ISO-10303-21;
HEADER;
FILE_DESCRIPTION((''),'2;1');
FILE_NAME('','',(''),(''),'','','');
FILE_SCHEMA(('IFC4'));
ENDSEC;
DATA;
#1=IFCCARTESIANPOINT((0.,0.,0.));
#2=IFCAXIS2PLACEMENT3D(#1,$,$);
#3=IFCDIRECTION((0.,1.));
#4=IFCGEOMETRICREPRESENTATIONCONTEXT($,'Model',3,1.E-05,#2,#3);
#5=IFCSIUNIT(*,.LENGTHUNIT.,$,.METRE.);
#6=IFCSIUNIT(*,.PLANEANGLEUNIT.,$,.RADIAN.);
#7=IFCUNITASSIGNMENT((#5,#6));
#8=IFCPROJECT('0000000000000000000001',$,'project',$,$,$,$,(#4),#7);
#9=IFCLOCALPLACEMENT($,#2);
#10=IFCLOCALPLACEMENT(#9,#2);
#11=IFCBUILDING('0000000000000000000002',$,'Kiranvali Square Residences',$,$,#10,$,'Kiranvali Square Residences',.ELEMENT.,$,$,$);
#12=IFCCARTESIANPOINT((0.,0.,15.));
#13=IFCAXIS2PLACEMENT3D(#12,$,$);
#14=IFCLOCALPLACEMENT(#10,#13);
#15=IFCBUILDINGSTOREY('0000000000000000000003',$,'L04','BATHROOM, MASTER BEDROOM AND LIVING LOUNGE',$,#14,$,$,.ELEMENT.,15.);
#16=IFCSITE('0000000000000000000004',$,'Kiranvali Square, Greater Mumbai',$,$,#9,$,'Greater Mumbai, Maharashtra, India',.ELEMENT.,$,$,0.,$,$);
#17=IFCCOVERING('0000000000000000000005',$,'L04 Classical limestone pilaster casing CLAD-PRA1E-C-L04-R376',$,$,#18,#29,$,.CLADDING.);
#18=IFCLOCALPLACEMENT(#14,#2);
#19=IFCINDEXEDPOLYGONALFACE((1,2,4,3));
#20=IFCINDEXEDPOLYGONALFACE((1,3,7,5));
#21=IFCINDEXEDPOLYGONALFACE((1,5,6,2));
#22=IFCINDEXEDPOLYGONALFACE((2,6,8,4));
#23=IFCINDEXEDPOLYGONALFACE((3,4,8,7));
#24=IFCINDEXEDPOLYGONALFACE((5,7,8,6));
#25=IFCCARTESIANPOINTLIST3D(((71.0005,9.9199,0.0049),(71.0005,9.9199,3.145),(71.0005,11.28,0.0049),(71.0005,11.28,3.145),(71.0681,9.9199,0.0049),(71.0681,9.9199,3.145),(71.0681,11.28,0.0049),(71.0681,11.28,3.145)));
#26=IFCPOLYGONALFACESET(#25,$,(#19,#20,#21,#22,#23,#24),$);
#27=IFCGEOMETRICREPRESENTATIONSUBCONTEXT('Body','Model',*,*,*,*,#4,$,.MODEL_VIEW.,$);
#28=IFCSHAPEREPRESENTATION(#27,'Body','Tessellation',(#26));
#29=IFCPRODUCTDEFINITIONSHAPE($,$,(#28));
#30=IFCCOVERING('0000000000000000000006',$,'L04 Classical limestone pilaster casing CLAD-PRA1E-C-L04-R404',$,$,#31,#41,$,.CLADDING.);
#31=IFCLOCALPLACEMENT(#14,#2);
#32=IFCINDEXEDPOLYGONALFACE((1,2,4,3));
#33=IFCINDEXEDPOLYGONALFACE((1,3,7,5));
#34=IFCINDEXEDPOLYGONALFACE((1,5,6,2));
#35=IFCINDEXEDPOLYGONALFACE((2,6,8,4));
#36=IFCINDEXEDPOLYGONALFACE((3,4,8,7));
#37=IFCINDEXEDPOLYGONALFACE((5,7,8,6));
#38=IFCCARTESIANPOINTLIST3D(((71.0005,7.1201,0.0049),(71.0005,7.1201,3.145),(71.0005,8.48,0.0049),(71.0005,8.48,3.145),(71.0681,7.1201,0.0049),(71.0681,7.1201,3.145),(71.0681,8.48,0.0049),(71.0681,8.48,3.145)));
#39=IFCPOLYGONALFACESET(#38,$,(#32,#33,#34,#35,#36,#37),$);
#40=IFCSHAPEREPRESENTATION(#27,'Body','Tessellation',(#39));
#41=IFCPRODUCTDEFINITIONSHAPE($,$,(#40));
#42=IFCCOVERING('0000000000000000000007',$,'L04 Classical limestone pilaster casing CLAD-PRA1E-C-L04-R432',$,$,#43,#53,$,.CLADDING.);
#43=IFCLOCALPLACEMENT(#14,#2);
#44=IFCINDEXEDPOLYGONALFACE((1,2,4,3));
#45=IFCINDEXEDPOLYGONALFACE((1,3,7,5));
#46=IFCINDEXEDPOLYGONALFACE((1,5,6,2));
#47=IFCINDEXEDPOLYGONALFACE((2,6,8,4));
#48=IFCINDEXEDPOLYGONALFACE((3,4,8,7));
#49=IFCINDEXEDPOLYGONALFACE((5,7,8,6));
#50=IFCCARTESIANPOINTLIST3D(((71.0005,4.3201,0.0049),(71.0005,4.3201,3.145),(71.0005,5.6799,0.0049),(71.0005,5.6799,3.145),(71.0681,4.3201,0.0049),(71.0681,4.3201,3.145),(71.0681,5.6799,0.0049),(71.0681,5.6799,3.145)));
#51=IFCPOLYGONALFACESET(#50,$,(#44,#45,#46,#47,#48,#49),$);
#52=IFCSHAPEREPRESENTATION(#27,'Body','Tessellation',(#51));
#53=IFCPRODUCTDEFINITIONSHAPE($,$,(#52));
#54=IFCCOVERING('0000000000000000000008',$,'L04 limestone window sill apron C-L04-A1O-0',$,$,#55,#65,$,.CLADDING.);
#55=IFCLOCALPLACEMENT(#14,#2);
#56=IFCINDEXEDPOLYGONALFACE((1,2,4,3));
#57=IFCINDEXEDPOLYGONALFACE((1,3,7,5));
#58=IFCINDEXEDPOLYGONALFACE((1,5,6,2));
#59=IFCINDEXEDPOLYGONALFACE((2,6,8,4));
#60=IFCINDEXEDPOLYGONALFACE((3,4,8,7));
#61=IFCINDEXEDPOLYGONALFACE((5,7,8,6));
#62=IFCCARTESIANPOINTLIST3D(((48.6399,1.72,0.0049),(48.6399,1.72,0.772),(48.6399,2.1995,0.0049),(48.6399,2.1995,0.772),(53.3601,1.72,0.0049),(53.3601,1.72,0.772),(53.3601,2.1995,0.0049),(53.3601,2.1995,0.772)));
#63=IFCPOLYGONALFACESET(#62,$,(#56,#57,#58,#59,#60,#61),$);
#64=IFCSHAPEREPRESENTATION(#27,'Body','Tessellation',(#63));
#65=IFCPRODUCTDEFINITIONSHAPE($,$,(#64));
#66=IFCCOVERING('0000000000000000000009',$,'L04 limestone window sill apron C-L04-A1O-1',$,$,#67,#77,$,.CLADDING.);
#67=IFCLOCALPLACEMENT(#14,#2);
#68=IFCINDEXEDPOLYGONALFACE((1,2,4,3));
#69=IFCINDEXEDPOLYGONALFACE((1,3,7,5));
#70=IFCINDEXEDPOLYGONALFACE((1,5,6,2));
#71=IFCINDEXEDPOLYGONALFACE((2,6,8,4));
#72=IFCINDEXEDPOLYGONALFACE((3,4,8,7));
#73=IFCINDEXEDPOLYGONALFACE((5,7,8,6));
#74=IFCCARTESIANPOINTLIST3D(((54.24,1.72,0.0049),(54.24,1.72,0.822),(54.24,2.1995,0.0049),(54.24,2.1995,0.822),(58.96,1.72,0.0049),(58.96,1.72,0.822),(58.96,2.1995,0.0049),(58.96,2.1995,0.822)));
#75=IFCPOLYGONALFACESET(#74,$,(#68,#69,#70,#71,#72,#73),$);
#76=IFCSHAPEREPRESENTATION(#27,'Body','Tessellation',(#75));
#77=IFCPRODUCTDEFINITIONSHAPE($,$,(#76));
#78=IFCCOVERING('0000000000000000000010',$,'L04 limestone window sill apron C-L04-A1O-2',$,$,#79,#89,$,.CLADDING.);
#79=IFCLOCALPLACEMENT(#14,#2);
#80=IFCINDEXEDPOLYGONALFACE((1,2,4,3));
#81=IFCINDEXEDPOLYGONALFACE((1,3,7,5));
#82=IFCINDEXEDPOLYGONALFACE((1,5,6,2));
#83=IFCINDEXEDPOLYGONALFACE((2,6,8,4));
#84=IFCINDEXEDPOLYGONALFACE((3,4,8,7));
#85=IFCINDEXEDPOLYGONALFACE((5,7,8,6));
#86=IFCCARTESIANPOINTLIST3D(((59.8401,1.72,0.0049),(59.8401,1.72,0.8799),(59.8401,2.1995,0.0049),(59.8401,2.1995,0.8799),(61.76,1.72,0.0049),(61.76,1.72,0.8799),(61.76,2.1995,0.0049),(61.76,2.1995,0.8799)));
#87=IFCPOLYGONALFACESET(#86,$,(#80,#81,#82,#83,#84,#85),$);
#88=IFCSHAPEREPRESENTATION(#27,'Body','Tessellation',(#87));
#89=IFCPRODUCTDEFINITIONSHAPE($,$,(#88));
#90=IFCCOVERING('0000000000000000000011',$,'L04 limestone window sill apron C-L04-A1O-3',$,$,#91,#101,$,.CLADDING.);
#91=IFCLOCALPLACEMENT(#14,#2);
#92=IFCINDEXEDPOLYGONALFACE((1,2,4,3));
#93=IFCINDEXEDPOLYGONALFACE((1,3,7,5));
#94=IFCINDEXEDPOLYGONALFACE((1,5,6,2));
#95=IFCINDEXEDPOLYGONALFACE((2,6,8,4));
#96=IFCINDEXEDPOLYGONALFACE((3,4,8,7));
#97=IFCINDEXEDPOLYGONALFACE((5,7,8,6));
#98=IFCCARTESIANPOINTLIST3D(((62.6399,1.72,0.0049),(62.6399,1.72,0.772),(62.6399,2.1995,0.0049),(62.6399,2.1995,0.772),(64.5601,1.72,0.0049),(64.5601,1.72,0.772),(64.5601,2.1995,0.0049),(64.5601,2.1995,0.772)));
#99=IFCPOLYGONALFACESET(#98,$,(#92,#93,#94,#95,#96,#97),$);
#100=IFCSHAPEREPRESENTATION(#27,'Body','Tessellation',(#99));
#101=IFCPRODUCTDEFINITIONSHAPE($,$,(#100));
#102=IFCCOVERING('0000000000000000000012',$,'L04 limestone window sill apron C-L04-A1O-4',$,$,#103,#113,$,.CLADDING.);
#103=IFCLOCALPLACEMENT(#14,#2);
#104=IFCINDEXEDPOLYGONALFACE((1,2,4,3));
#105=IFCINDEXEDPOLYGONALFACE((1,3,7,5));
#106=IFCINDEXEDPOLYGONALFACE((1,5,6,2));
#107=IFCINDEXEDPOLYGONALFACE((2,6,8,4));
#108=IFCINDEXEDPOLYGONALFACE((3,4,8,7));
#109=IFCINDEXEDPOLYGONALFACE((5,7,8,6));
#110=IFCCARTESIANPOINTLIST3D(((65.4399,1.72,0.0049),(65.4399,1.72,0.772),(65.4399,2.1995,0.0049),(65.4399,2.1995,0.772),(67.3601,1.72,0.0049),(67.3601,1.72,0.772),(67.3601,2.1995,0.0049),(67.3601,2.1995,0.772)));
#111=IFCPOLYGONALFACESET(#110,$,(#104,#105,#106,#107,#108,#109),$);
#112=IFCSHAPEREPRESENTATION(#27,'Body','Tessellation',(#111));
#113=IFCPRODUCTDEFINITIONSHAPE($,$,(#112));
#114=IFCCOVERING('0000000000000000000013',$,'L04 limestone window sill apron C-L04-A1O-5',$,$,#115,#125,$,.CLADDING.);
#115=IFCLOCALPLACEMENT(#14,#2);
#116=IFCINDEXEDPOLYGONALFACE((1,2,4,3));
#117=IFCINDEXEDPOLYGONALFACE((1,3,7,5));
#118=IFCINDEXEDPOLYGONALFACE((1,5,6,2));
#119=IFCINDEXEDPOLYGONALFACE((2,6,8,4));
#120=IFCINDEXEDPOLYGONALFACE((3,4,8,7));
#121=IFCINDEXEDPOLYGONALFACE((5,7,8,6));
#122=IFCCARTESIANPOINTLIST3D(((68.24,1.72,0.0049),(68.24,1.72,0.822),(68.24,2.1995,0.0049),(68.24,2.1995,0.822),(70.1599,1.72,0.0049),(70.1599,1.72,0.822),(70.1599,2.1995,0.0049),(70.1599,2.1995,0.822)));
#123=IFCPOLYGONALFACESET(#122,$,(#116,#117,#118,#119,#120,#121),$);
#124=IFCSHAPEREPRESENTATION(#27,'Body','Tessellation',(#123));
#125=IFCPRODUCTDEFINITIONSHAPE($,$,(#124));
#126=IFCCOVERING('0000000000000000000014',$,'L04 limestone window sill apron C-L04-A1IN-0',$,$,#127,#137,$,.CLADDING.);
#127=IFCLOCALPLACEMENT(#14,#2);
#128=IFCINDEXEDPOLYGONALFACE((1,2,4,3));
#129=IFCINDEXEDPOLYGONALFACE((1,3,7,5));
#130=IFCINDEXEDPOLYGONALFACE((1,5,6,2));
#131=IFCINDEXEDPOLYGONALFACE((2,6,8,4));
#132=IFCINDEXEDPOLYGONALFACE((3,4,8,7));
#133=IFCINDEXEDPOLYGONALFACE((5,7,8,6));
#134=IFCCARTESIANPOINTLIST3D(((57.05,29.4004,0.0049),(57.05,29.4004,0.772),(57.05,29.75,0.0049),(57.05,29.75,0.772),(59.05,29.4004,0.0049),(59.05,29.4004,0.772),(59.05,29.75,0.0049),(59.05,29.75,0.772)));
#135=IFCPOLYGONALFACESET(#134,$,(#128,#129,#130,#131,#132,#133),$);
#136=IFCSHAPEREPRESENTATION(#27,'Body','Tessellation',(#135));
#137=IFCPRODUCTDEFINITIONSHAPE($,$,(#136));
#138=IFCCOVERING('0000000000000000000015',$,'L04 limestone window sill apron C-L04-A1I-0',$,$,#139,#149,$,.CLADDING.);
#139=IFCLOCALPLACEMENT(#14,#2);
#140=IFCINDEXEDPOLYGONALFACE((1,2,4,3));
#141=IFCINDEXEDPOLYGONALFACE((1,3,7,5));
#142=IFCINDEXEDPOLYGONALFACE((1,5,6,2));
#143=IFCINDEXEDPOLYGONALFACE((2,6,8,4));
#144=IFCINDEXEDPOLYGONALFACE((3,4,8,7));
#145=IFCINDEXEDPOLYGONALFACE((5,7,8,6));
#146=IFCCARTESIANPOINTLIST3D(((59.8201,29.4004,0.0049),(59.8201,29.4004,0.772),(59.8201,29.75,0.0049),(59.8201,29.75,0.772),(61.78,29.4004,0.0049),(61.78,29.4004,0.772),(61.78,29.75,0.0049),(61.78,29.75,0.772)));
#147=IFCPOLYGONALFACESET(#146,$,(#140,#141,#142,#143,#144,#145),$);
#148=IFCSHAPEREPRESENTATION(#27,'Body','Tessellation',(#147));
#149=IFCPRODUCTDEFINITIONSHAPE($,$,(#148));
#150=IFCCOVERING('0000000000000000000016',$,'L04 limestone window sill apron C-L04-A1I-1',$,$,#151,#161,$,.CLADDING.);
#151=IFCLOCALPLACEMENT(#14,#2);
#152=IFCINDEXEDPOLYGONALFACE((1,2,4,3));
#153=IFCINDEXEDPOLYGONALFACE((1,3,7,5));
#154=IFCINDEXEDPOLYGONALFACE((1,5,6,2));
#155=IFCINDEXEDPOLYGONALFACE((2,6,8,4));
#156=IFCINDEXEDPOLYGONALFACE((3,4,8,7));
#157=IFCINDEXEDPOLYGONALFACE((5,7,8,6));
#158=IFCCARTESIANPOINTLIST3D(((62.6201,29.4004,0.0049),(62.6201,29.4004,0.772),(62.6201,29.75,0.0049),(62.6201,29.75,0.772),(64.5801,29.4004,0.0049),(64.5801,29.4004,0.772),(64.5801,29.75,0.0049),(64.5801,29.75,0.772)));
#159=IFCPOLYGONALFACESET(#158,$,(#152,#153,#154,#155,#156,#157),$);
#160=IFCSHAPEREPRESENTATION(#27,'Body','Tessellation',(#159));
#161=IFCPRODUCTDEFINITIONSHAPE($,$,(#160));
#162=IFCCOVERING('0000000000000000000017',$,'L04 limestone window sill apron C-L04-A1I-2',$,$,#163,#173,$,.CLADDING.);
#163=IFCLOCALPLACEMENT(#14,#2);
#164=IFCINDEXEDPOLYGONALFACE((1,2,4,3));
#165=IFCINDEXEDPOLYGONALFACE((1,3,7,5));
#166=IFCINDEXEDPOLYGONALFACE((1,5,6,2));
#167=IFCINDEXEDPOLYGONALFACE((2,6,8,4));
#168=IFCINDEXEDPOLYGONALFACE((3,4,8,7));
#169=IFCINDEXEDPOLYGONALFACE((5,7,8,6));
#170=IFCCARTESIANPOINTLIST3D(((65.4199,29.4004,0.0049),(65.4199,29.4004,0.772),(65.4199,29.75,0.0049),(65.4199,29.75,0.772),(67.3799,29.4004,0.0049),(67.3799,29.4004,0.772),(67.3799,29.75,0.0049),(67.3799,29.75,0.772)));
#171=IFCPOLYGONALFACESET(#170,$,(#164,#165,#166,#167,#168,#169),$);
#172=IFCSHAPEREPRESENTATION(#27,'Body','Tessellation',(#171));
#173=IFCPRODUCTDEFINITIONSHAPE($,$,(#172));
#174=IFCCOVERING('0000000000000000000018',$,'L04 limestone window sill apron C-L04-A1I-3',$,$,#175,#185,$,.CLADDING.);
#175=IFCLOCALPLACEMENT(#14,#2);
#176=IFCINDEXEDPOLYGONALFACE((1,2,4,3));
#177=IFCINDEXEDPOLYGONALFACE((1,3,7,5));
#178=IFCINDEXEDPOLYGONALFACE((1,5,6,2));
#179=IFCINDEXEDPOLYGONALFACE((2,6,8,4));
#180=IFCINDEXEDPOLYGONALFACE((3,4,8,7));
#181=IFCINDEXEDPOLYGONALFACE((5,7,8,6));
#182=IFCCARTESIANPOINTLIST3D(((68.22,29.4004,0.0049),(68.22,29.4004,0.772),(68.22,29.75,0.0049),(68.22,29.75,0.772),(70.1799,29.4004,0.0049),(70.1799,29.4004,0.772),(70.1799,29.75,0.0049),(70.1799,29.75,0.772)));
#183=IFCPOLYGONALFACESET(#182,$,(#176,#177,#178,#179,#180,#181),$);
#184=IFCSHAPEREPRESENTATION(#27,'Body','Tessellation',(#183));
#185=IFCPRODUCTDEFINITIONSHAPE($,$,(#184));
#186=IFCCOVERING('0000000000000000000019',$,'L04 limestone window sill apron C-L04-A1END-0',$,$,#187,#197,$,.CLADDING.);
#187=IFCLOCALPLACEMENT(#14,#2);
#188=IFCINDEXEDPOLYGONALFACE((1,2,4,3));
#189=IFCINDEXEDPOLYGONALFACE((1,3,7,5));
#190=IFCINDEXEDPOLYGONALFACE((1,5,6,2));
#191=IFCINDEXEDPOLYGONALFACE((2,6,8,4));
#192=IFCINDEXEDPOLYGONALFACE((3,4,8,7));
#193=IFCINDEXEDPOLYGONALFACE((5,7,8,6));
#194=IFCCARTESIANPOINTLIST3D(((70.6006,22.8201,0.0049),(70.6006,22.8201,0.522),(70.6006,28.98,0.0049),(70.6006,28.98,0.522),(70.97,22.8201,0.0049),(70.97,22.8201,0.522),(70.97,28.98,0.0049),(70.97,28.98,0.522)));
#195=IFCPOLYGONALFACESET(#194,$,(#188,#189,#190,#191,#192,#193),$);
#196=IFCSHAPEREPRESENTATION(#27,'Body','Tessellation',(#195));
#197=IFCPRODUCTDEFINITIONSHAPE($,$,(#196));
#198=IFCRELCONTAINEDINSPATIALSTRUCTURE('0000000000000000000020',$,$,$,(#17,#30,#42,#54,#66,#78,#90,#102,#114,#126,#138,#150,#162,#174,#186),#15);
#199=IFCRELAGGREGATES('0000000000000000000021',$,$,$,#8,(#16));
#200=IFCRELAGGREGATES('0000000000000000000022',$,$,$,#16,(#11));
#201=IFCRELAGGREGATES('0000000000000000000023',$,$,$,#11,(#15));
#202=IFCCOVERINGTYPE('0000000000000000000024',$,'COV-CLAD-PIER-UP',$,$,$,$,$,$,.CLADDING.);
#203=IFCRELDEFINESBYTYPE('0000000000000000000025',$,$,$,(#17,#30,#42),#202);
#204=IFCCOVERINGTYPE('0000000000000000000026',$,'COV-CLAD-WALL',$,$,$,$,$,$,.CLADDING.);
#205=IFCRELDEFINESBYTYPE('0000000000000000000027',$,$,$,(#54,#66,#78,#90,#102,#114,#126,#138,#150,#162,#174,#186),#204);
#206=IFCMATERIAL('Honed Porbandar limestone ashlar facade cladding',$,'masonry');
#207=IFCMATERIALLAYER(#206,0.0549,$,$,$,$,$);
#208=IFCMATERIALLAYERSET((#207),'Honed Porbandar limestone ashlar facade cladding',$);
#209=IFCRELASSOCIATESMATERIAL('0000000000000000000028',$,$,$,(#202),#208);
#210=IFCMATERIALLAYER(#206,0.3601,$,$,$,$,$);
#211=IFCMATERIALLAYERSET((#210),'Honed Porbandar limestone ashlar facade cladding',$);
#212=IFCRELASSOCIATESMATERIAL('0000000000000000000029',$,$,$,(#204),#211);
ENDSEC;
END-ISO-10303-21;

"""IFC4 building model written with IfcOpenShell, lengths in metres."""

from ifc_helpers import new_model, si_unit, direction, frame, origin, place, context, subcontext, project, spatial, polyline, outline, extrude, material, layer, layer_set, type_object, element, save


model = new_model("IFC4")

# Units and contexts
model_context = context("Model", 3, precision=1e-05, world=origin(), true_north=direction((0.0, 1.0)))
body_context = subcontext(model_context, "Body", "Model", "MODEL_VIEW")
ifc_project = project(units=[si_unit("LENGTHUNIT", "METRE"), si_unit("PLANEANGLEUNIT", "RADIAN")], contexts=[model_context])

# Site, building, storey
site_placement = place(None, origin())
site = spatial("IfcSite", under=ifc_project, at=site_placement, Name="Kiranvali Square, Greater Mumbai", LongName="Greater Mumbai, Maharashtra, India", CompositionType="ELEMENT", RefElevation=0.0)
building_placement = place(site_placement, origin())
building = spatial("IfcBuilding", under=site, at=building_placement, Name="Kiranvali Square Residences", LongName="Kiranvali Square Residences", CompositionType="ELEMENT")
storey_placement = place(building_placement, frame((0.0, 0.0, 15.0)))
storey = spatial("IfcBuildingStorey", under=building, at=storey_placement, Name="L04", Description="BATHROOM, MASTER BEDROOM AND LIVING LOUNGE", CompositionType="ELEMENT", Elevation=15.0)

# Coverings
ifc_material = material(Name="Honed Porbandar limestone ashlar facade cladding", Category="masonry")
ifc_layer_1 = layer(ifc_material, 0.0549)
ifc_layer_set_1 = layer_set([ifc_layer_1], Name="Honed Porbandar limestone ashlar facade cladding")
covering_type_1 = type_object("IfcCoveringType", Name="COV-CLAD-PIER-UP", PredefinedType="CLADDING", material=ifc_layer_set_1)
covering_1_placement = place(storey_placement, frame((0.0, 0.0, 0.0049)))
element("IfcCovering", 1, at=covering_1_placement, inside=storey, type_object=covering_type_1, Name="L04 Classical limestone pilaster casing CLAD-PRA1E-C-L04-R376", PredefinedType="CLADDING", context=body_context, shape_type="SweptSolid", body=[
    extrude(outline(polyline([(71.0005, 11.28), (71.0005, 9.9199), (71.0681, 9.9199), (71.0681, 11.28), (71.0005, 11.28)])), origin(), (0.0, 0.0, 1.0), 3.1401),
])
covering_2_placement = place(storey_placement, frame((0.0, 0.0, 0.0049)))
element("IfcCovering", 2, at=covering_2_placement, inside=storey, type_object=covering_type_1, Name="L04 Classical limestone pilaster casing CLAD-PRA1E-C-L04-R404", PredefinedType="CLADDING", context=body_context, shape_type="SweptSolid", body=[
    extrude(outline(polyline([(71.0005, 8.48), (71.0005, 7.1201), (71.0681, 7.1201), (71.0681, 8.48), (71.0005, 8.48)])), origin(), (0.0, 0.0, 1.0), 3.1401),
])
covering_3_placement = place(storey_placement, frame((0.0, 0.0, 0.0049)))
element("IfcCovering", 3, at=covering_3_placement, inside=storey, type_object=covering_type_1, Name="L04 Classical limestone pilaster casing CLAD-PRA1E-C-L04-R432", PredefinedType="CLADDING", context=body_context, shape_type="SweptSolid", body=[
    extrude(outline(polyline([(71.0005, 5.6799), (71.0005, 4.3201), (71.0681, 4.3201), (71.0681, 5.6799), (71.0005, 5.6799)])), origin(), (0.0, 0.0, 1.0), 3.1401),
])
ifc_layer_2 = layer(ifc_material, 0.3601)
ifc_layer_set_2 = layer_set([ifc_layer_2], Name="Honed Porbandar limestone ashlar facade cladding")
covering_type_2 = type_object("IfcCoveringType", Name="COV-CLAD-WALL", PredefinedType="CLADDING", material=ifc_layer_set_2)
covering_4_placement = place(storey_placement, frame((0.0, 0.0, 0.0049)))
element("IfcCovering", 4, at=covering_4_placement, inside=storey, type_object=covering_type_2, Name="L04 limestone window sill apron C-L04-A1O-0", PredefinedType="CLADDING", context=body_context, shape_type="SweptSolid", body=[
    extrude(outline(polyline([(48.6399, 1.72), (53.3601, 1.72), (53.3601, 2.1995), (48.6399, 2.1995), (48.6399, 1.72)])), origin(), (0.0, 0.0, 1.0), 0.7671),
])
covering_5_placement = place(storey_placement, frame((0.0, 0.0, 0.0049)))
element("IfcCovering", 5, at=covering_5_placement, inside=storey, type_object=covering_type_2, Name="L04 limestone window sill apron C-L04-A1O-1", PredefinedType="CLADDING", context=body_context, shape_type="SweptSolid", body=[
    extrude(outline(polyline([(54.24, 1.72), (58.96, 1.72), (58.96, 2.1995), (54.24, 2.1995), (54.24, 1.72)])), origin(), (0.0, 0.0, 1.0), 0.8171),
])
covering_6_placement = place(storey_placement, frame((0.0, 0.0, 0.0049)))
element("IfcCovering", 6, at=covering_6_placement, inside=storey, type_object=covering_type_2, Name="L04 limestone window sill apron C-L04-A1O-2", PredefinedType="CLADDING", context=body_context, shape_type="SweptSolid", body=[
    extrude(outline(polyline([(59.8401, 1.72), (61.76, 1.72), (61.76, 2.1995), (59.8401, 2.1995), (59.8401, 1.72)])), origin(), (0.0, 0.0, 1.0), 0.875),
])
covering_7_placement = place(storey_placement, frame((0.0, 0.0, 0.0049)))
element("IfcCovering", 7, at=covering_7_placement, inside=storey, type_object=covering_type_2, Name="L04 limestone window sill apron C-L04-A1O-3", PredefinedType="CLADDING", context=body_context, shape_type="SweptSolid", body=[
    extrude(outline(polyline([(62.6399, 1.72), (64.5601, 1.72), (64.5601, 2.1995), (62.6399, 2.1995), (62.6399, 1.72)])), origin(), (0.0, 0.0, 1.0), 0.7671),
])
covering_8_placement = place(storey_placement, frame((0.0, 0.0, 0.0049)))
element("IfcCovering", 8, at=covering_8_placement, inside=storey, type_object=covering_type_2, Name="L04 limestone window sill apron C-L04-A1O-4", PredefinedType="CLADDING", context=body_context, shape_type="SweptSolid", body=[
    extrude(outline(polyline([(65.4399, 1.72), (67.3601, 1.72), (67.3601, 2.1995), (65.4399, 2.1995), (65.4399, 1.72)])), origin(), (0.0, 0.0, 1.0), 0.7671),
])
covering_9_placement = place(storey_placement, frame((0.0, 0.0, 0.0049)))
element("IfcCovering", 9, at=covering_9_placement, inside=storey, type_object=covering_type_2, Name="L04 limestone window sill apron C-L04-A1O-5", PredefinedType="CLADDING", context=body_context, shape_type="SweptSolid", body=[
    extrude(outline(polyline([(68.24, 1.72), (70.1599, 1.72), (70.1599, 2.1995), (68.24, 2.1995), (68.24, 1.72)])), origin(), (0.0, 0.0, 1.0), 0.8171),
])
covering_10_placement = place(storey_placement, frame((0.0, 0.0, 0.0049)))
element("IfcCovering", 10, at=covering_10_placement, inside=storey, type_object=covering_type_2, Name="L04 limestone window sill apron C-L04-A1IN-0", PredefinedType="CLADDING", context=body_context, shape_type="SweptSolid", body=[
    extrude(outline(polyline([(57.05, 29.4004), (59.05, 29.4004), (59.05, 29.75), (57.05, 29.75), (57.05, 29.4004)])), origin(), (0.0, 0.0, 1.0), 0.7671),
])
covering_11_placement = place(storey_placement, frame((0.0, 0.0, 0.0049)))
element("IfcCovering", 11, at=covering_11_placement, inside=storey, type_object=covering_type_2, Name="L04 limestone window sill apron C-L04-A1I-0", PredefinedType="CLADDING", context=body_context, shape_type="SweptSolid", body=[
    extrude(outline(polyline([(59.8201, 29.4004), (61.78, 29.4004), (61.78, 29.75), (59.8201, 29.75), (59.8201, 29.4004)])), origin(), (0.0, 0.0, 1.0), 0.7671),
])
covering_12_placement = place(storey_placement, frame((0.0, 0.0, 0.0049)))
element("IfcCovering", 12, at=covering_12_placement, inside=storey, type_object=covering_type_2, Name="L04 limestone window sill apron C-L04-A1I-1", PredefinedType="CLADDING", context=body_context, shape_type="SweptSolid", body=[
    extrude(outline(polyline([(62.6201, 29.4004), (64.5801, 29.4004), (64.5801, 29.75), (62.6201, 29.75), (62.6201, 29.4004)])), origin(), (0.0, 0.0, 1.0), 0.7671),
])
covering_13_placement = place(storey_placement, frame((0.0, 0.0, 0.0049)))
element("IfcCovering", 13, at=covering_13_placement, inside=storey, type_object=covering_type_2, Name="L04 limestone window sill apron C-L04-A1I-2", PredefinedType="CLADDING", context=body_context, shape_type="SweptSolid", body=[
    extrude(outline(polyline([(65.4199, 29.4004), (67.3799, 29.4004), (67.3799, 29.75), (65.4199, 29.75), (65.4199, 29.4004)])), origin(), (0.0, 0.0, 1.0), 0.7671),
])
covering_14_placement = place(storey_placement, frame((0.0, 0.0, 0.0049)))
element("IfcCovering", 14, at=covering_14_placement, inside=storey, type_object=covering_type_2, Name="L04 limestone window sill apron C-L04-A1I-3", PredefinedType="CLADDING", context=body_context, shape_type="SweptSolid", body=[
    extrude(outline(polyline([(68.22, 29.4004), (70.1799, 29.4004), (70.1799, 29.75), (68.22, 29.75), (68.22, 29.4004)])), origin(), (0.0, 0.0, 1.0), 0.7671),
])
covering_15_placement = place(storey_placement, frame((0.0, 0.0, 0.0049)))
element("IfcCovering", 15, at=covering_15_placement, inside=storey, type_object=covering_type_2, Name="L04 limestone window sill apron C-L04-A1END-0", PredefinedType="CLADDING", context=body_context, shape_type="SweptSolid", body=[
    extrude(outline(polyline([(70.6006, 28.98), (70.6006, 22.8201), (70.97, 22.8201), (70.97, 28.98), (70.6006, 28.98)])), origin(), (0.0, 0.0, 1.0), 0.5171),
])

save(model, "model.ifc")
